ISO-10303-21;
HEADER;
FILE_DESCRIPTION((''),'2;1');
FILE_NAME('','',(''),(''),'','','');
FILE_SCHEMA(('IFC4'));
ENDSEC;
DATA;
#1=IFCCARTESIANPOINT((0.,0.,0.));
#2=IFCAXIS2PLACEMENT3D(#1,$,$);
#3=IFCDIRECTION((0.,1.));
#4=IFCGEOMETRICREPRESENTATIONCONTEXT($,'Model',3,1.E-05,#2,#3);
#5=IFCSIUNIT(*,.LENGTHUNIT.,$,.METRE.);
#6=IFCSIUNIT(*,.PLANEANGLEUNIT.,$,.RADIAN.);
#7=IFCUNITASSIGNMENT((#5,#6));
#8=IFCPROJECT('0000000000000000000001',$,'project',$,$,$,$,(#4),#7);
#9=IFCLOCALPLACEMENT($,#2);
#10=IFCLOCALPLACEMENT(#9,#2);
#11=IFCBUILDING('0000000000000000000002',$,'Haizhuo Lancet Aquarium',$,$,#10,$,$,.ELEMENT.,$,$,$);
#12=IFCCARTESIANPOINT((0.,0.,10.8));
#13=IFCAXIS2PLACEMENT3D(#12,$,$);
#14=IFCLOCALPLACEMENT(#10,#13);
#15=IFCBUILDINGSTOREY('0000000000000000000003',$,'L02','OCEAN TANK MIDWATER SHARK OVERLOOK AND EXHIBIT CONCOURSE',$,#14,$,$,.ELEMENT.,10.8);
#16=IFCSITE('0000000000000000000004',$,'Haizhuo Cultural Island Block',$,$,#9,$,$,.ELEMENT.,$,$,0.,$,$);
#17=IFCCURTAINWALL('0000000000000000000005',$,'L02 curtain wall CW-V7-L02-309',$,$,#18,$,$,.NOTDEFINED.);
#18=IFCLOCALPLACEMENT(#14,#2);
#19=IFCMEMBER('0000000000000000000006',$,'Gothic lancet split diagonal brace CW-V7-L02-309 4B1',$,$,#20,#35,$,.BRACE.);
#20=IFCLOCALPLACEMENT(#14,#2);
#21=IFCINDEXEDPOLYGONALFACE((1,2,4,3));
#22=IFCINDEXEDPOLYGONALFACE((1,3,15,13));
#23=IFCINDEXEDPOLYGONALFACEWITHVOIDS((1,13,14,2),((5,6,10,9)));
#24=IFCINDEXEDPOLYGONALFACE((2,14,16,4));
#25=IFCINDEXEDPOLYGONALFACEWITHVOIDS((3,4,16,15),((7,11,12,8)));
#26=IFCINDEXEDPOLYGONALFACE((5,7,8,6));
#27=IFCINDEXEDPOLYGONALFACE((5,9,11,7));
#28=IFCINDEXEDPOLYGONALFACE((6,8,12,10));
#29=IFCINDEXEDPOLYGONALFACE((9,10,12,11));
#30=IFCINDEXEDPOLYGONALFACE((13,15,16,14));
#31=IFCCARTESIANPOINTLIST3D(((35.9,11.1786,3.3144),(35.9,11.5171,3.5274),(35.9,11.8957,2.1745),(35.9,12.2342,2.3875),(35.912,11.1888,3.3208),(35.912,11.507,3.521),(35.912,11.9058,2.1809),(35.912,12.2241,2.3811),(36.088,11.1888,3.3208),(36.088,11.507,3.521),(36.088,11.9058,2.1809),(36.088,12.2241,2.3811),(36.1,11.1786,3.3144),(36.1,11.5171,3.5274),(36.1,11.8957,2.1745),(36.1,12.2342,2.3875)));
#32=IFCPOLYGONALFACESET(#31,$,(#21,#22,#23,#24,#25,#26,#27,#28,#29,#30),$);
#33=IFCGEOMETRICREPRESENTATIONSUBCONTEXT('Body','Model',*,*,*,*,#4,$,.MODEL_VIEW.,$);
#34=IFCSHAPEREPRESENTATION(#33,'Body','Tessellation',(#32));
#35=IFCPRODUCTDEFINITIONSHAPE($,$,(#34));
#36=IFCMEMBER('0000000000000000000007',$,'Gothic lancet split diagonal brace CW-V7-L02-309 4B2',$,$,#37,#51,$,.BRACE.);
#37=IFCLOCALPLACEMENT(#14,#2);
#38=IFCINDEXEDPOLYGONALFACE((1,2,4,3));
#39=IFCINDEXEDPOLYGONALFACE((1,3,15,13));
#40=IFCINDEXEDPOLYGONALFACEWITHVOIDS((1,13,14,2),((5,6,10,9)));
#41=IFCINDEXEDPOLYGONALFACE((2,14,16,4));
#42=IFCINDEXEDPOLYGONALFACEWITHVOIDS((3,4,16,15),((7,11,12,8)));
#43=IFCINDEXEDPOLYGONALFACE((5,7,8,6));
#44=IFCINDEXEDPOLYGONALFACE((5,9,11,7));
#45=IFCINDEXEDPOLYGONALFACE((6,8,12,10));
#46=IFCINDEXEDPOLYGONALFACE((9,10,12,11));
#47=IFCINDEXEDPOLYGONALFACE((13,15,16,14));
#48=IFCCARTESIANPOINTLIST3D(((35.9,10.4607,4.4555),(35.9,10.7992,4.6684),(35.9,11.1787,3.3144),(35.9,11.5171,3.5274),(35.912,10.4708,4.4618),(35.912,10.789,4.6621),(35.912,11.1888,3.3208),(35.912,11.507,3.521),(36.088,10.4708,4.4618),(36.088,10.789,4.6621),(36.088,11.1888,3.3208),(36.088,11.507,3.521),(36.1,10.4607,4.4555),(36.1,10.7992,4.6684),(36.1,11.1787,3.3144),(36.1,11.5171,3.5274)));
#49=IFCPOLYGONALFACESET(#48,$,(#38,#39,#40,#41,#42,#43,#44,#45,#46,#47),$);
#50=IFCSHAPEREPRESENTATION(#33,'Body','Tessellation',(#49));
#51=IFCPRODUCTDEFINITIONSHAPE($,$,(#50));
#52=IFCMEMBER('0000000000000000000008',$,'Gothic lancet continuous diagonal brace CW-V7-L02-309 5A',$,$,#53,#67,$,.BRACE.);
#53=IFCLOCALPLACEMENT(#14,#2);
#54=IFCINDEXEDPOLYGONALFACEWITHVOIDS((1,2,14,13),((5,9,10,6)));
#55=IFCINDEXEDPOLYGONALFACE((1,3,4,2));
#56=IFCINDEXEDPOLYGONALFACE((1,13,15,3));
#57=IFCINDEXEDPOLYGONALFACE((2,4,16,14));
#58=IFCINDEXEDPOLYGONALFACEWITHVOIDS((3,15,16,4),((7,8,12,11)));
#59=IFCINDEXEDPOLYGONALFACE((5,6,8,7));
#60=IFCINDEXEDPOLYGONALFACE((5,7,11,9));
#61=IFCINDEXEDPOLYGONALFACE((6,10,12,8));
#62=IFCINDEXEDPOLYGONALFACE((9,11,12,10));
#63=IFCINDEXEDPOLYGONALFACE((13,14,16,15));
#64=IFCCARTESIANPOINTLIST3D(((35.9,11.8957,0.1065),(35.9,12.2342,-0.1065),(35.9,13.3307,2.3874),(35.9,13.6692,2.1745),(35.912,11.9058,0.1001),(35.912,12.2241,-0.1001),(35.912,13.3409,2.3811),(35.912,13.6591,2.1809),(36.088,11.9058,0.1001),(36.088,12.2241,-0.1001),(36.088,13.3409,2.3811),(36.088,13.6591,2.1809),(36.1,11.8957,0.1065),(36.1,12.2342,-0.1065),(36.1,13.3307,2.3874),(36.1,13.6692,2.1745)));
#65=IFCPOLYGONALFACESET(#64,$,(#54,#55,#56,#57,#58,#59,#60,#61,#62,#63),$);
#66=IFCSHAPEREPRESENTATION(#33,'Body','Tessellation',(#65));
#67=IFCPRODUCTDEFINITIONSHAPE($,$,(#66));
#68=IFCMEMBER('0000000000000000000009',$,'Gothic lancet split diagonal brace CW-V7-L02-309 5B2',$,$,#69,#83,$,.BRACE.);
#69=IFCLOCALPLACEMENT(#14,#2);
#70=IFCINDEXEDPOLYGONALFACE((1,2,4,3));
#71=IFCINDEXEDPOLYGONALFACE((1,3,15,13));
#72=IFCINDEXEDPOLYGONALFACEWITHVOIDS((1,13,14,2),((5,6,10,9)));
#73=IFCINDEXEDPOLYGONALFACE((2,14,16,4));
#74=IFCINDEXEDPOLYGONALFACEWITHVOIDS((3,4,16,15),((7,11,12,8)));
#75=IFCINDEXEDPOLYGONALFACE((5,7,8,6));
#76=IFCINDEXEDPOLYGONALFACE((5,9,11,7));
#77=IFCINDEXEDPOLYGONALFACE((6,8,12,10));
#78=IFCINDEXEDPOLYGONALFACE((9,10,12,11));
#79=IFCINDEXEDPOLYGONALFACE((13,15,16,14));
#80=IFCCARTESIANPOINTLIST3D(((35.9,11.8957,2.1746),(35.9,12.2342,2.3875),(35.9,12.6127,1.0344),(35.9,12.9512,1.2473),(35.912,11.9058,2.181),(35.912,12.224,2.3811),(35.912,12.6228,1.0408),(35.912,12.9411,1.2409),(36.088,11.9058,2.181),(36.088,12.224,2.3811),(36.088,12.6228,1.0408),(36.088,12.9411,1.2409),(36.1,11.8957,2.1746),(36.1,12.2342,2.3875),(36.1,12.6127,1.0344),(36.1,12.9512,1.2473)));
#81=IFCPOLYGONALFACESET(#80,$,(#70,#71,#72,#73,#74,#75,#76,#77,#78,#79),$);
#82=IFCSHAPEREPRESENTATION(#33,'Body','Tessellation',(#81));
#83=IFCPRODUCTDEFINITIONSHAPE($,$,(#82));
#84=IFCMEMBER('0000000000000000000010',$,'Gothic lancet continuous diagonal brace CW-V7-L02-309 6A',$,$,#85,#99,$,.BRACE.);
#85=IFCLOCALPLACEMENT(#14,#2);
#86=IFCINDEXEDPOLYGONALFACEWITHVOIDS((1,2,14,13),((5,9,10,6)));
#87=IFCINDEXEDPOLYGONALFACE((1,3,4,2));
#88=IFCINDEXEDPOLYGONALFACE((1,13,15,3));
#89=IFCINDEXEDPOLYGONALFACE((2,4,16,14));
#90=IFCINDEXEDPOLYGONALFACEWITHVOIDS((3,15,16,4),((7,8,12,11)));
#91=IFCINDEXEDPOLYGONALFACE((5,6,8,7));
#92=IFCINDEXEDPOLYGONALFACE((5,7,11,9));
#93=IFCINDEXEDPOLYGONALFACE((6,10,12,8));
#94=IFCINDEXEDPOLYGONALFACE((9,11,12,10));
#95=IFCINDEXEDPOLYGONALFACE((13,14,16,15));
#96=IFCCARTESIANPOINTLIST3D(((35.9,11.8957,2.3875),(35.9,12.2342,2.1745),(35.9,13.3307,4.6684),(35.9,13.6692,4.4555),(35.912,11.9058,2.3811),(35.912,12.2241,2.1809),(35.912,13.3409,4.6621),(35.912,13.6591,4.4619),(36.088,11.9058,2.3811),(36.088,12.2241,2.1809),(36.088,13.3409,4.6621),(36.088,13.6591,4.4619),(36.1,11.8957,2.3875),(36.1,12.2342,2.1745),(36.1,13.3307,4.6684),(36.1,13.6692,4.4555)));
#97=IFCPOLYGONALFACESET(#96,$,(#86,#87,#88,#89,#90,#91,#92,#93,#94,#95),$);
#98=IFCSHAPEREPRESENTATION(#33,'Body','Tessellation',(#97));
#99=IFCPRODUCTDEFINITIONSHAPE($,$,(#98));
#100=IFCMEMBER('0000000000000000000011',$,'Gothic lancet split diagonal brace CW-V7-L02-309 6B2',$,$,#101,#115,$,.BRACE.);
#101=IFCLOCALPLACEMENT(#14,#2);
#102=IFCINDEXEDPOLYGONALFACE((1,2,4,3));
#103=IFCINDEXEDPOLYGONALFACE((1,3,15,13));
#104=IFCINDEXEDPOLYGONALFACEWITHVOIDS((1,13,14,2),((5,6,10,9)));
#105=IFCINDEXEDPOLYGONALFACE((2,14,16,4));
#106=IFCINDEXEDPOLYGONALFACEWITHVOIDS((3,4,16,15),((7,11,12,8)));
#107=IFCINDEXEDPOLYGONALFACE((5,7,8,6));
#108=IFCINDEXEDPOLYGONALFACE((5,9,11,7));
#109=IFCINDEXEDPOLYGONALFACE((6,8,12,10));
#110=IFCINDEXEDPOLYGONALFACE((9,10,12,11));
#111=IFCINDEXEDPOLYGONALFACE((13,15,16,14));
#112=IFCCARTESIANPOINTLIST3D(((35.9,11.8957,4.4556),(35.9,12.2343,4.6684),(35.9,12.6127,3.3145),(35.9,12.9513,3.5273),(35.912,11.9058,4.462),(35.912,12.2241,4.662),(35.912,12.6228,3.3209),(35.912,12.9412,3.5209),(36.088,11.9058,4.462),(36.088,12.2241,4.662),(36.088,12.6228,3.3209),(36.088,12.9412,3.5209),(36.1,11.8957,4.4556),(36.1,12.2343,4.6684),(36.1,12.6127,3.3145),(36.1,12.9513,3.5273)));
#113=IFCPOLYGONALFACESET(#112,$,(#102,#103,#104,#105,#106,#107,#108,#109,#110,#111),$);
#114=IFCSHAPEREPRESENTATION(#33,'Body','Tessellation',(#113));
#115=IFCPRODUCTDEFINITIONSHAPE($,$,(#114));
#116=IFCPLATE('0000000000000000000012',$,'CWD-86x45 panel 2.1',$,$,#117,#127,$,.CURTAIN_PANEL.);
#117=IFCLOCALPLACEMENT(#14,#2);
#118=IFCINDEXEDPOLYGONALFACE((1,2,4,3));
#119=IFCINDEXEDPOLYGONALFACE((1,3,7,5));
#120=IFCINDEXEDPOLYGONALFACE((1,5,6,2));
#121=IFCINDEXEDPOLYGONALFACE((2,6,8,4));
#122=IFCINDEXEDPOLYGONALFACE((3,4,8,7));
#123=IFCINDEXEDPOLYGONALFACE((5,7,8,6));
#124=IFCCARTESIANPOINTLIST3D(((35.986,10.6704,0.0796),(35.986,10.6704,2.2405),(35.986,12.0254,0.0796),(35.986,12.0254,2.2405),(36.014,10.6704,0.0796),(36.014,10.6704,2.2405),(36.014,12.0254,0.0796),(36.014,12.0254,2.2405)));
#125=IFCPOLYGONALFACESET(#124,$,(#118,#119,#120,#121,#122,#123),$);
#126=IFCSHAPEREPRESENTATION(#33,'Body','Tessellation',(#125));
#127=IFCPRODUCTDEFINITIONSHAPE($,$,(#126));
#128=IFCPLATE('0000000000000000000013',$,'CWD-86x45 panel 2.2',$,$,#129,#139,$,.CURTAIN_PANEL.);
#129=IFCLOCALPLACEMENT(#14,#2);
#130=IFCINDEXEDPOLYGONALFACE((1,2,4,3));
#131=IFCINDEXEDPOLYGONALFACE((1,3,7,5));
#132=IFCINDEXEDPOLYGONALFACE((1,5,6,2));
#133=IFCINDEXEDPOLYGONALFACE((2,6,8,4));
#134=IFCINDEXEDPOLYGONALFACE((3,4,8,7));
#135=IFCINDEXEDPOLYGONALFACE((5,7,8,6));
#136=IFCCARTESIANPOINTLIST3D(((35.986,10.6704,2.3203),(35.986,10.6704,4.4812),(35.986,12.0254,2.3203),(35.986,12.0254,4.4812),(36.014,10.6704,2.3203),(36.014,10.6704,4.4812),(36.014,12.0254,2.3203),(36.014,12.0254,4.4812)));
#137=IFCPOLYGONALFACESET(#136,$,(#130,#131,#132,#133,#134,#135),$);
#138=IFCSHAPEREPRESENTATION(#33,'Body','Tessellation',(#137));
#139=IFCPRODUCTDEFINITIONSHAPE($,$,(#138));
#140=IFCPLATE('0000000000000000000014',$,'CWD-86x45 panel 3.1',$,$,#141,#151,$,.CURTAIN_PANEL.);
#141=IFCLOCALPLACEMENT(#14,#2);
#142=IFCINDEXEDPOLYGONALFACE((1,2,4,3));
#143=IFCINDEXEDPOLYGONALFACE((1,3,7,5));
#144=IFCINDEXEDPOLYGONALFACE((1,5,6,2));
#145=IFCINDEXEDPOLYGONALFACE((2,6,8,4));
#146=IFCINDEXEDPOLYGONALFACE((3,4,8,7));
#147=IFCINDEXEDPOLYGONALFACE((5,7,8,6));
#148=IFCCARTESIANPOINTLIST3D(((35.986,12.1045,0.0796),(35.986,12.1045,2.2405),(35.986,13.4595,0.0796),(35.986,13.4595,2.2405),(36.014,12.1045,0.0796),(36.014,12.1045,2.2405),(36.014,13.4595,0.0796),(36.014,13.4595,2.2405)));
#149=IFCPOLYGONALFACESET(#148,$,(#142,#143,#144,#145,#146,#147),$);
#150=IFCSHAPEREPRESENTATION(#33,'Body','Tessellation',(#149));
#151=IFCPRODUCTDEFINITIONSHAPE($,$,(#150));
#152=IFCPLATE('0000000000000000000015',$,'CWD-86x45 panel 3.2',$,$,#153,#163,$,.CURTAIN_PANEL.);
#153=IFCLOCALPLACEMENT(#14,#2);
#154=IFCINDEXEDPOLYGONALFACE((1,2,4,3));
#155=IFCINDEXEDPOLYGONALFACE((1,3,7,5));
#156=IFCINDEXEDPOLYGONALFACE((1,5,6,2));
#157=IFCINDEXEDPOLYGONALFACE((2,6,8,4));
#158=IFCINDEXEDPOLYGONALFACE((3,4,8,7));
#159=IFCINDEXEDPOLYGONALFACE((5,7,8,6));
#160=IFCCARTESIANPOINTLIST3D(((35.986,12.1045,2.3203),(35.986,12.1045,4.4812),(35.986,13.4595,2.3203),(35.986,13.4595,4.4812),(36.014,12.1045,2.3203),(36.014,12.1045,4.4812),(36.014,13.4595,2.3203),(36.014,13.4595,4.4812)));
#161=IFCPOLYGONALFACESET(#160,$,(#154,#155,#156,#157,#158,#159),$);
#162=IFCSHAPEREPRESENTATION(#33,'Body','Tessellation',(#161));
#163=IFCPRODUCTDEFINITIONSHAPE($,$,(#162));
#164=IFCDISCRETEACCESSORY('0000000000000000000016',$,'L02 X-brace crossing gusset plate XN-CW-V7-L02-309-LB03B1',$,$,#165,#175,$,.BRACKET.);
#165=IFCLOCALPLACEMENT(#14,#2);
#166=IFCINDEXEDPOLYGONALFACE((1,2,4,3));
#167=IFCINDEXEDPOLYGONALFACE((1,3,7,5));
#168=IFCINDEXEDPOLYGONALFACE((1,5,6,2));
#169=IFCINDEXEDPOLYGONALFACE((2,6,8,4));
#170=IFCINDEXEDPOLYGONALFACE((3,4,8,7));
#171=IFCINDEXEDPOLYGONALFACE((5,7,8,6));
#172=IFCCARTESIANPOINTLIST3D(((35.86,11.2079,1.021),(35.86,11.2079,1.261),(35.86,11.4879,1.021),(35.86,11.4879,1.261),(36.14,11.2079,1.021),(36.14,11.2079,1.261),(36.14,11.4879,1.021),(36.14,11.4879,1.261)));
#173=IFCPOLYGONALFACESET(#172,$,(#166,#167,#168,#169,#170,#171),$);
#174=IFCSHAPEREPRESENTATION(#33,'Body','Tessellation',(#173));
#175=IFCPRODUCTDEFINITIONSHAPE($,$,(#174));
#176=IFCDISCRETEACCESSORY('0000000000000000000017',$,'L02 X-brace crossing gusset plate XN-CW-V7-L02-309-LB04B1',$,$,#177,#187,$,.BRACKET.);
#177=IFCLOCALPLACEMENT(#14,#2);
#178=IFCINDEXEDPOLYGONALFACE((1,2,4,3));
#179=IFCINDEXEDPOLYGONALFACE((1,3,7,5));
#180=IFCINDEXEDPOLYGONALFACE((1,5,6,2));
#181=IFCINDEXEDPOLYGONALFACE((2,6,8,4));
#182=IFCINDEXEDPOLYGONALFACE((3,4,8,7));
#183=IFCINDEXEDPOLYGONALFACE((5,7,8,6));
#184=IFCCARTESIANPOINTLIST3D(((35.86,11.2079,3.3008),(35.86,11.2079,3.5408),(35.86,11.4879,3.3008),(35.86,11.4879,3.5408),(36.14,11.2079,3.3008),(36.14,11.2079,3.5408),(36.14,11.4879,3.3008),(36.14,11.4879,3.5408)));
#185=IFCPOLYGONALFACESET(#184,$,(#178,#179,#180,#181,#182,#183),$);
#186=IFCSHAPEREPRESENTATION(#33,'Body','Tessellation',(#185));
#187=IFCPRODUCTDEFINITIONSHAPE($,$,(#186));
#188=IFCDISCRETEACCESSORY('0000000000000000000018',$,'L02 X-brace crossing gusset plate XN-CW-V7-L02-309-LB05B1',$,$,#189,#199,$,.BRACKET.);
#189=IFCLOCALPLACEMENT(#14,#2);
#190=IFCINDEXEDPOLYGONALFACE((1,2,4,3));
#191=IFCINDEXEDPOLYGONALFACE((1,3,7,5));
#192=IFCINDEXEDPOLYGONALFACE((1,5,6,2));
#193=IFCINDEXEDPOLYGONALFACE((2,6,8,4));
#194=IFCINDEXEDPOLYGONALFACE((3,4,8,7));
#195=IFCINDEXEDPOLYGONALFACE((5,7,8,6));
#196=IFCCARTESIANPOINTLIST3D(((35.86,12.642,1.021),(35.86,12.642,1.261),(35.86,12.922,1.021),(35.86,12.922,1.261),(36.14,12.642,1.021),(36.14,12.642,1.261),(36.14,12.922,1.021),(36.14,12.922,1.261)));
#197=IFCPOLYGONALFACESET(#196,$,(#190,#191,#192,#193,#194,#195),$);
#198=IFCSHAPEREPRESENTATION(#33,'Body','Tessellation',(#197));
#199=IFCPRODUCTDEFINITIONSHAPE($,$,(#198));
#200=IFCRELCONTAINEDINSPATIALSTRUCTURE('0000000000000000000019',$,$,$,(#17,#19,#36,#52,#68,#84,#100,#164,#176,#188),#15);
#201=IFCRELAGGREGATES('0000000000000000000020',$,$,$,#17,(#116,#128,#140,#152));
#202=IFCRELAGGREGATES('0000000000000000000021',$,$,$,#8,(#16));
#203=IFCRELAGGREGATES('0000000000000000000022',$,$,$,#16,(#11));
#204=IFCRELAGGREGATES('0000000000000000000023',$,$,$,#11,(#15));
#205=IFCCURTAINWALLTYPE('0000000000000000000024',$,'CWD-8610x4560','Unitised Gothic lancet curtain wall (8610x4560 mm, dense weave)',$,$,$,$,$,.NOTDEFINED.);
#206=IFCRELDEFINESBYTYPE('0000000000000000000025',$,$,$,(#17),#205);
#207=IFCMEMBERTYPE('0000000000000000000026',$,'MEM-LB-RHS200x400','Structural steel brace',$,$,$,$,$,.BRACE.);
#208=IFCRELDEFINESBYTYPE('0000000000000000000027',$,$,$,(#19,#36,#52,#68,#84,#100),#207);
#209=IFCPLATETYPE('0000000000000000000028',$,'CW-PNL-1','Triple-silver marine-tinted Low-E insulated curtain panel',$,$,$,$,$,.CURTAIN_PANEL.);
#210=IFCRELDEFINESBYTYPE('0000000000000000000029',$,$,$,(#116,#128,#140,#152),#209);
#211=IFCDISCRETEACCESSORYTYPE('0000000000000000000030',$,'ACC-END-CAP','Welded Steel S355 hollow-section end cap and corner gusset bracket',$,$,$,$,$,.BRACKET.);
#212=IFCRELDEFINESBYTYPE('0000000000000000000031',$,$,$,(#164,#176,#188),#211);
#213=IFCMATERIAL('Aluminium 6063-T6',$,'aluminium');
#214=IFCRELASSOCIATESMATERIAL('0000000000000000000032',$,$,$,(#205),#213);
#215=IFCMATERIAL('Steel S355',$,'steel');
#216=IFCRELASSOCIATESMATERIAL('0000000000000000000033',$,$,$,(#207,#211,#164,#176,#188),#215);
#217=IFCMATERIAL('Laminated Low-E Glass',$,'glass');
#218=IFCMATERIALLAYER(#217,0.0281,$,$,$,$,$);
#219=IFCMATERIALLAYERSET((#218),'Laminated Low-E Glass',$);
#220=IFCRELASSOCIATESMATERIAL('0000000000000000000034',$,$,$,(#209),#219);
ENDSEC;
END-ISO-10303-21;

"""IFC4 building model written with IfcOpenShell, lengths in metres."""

from ifc_helpers import new_model, si_unit, direction, frame, origin, origin_2d, place, context, subcontext, project, spatial, rectangle, hollow_rectangle, extrude, material, layer, layer_set, material_profile, profile_set, type_object, element, aggregate, save


model = new_model("IFC4")

# Units and contexts
model_context = context("Model", 3, precision=1e-05, world=origin(), true_north=direction((0.0, 1.0)))
body_context = subcontext(model_context, "Body", "Model", "MODEL_VIEW")
ifc_project = project(units=[si_unit("LENGTHUNIT", "METRE"), si_unit("PLANEANGLEUNIT", "RADIAN")], contexts=[model_context])

# Site, building, storey
site_placement = place(None, origin())
site = spatial("IfcSite", under=ifc_project, at=site_placement, Name="Haizhuo Cultural Island Block", CompositionType="ELEMENT", RefElevation=0.0)
building_placement = place(site_placement, origin())
building = spatial("IfcBuilding", under=site, at=building_placement, Name="Haizhuo Lancet Aquarium", CompositionType="ELEMENT")
storey_placement = place(building_placement, frame((0.0, 0.0, 10.8)))
storey = spatial("IfcBuildingStorey", under=building, at=storey_placement, Name="L02", Description="OCEAN TANK MIDWATER SHARK OVERLOOK AND EXHIBIT CONCOURSE", CompositionType="ELEMENT", Elevation=10.8)

# Curtain wall
ifc_material_1 = material(Name="Aluminium 6063-T6", Category="aluminium")
curtain_wall_type = type_object("IfcCurtainWallType", Name="CWD-8610x4560", Description="Unitised Gothic lancet curtain wall (8610x4560 mm, dense weave)", PredefinedType="NOTDEFINED", material=ifc_material_1)
curtain_wall_placement = place(storey_placement, origin())
curtain_wall = element("IfcCurtainWall", 1, at=curtain_wall_placement, inside=storey, type_object=curtain_wall_type, Name="L02 curtain wall CW-V7-L02-309", PredefinedType="NOTDEFINED")

# Members
ifc_material_2 = material(Name="Steel S355", Category="steel")
ifc_material_profile_1 = material_profile(ifc_material_2, hollow_rectangle(XDim=0.2, YDim=0.3999, WallThickness=0.012, at=origin_2d()), Name="RHS 200x400x12")
ifc_profile_set_1 = profile_set([ifc_material_profile_1], Name="Steel S355")
member_type_1 = type_object("IfcMemberType", Name="MEM-LB-RHS200x400", Description="Structural steel brace", PredefinedType="BRACE", material=ifc_profile_set_1)
member_1_placement = place(storey_placement, frame((36.0, 12.0649, 2.281), z_axis=(0.0, -0.532457, 0.846457), x_axis=(1.0, 0.0, 0.0)))
element("IfcMember", 2, at=member_1_placement, inside=storey, type_object=member_type_1, Name="Gothic lancet split diagonal brace CW-V7-L02-309 4B1", PredefinedType="BRACE", context=body_context, shape_type="SweptSolid", body=[
    extrude(hollow_rectangle(XDim=0.2, YDim=0.3999, WallThickness=0.012, at=origin_2d()), origin(), (0.0, 0.0, 1.0), 1.3467),
])
member_2_placement = place(storey_placement, frame((36.0, 11.3479, 3.4209), z_axis=(0.0, -0.532568, 0.846387), x_axis=(1.0, 0.0, 0.0)))
element("IfcMember", 3, at=member_2_placement, inside=storey, type_object=member_type_1, Name="Gothic lancet split diagonal brace CW-V7-L02-309 4B2", PredefinedType="BRACE", context=body_context, shape_type="SweptSolid", body=[
    extrude(hollow_rectangle(XDim=0.2, YDim=0.3999, WallThickness=0.012, at=origin_2d()), origin(), (0.0, 0.0, 1.0), 1.3481),
])
member_3_placement = place(storey_placement, frame((36.0, 12.0649, 0.0), z_axis=(0.0, 0.532513, 0.846422), x_axis=(-1.0, 0.0, 0.0)))
element("IfcMember", 4, at=member_3_placement, inside=storey, type_object=member_type_1, Name="Gothic lancet continuous diagonal brace CW-V7-L02-309 5A", PredefinedType="BRACE", context=body_context, shape_type="SweptSolid", body=[
    extrude(hollow_rectangle(XDim=0.2, YDim=0.3999, WallThickness=0.012, at=origin_2d()), origin(), (0.0, 0.0, 1.0), 2.6948),
])
member_4_placement = place(storey_placement, frame((36.0, 12.782, 1.1409), z_axis=(0.0, -0.532376, 0.846508), x_axis=(1.0, 0.0, 0.0)))
element("IfcMember", 5, at=member_4_placement, inside=storey, type_object=member_type_1, Name="Gothic lancet split diagonal brace CW-V7-L02-309 5B2", PredefinedType="BRACE", context=body_context, shape_type="SweptSolid", body=[
    extrude(hollow_rectangle(XDim=0.2, YDim=0.3999, WallThickness=0.012, at=origin_2d()), origin(), (0.0, 0.0, 1.0), 1.3469),
])
member_5_placement = place(storey_placement, frame((36.0, 12.0649, 2.281), z_axis=(0.0, 0.532513, 0.846422), x_axis=(-1.0, 0.0, 0.0)))
element("IfcMember", 6, at=member_5_placement, inside=storey, type_object=member_type_1, Name="Gothic lancet continuous diagonal brace CW-V7-L02-309 6A", PredefinedType="BRACE", context=body_context, shape_type="SweptSolid", body=[
    extrude(hollow_rectangle(XDim=0.2, YDim=0.3999, WallThickness=0.012, at=origin_2d()), origin(), (0.0, 0.0, 1.0), 2.6948),
])
member_6_placement = place(storey_placement, frame((36.0, 12.782, 3.4209), z_axis=(0.0, -0.532049, 0.846713), x_axis=(1.0, 0.0, 0.0)))
element("IfcMember", 7, at=member_6_placement, inside=storey, type_object=member_type_1, Name="Gothic lancet split diagonal brace CW-V7-L02-309 6B2", PredefinedType="BRACE", context=body_context, shape_type="SweptSolid", body=[
    extrude(hollow_rectangle(XDim=0.2, YDim=0.3999, WallThickness=0.012, at=origin_2d()), origin(), (0.0, 0.0, 1.0), 1.3477),
])

# Plates
ifc_material_3 = material(Name="Laminated Low-E Glass", Category="glass")
ifc_layer = layer(ifc_material_3, 0.0281)
ifc_layer_set = layer_set([ifc_layer], Name="Laminated Low-E Glass")
plate_type = type_object("IfcPlateType", Name="CW-PNL-1", Description="Triple-silver marine-tinted Low-E insulated curtain panel", PredefinedType="CURTAIN_PANEL", material=ifc_layer_set)
plate_1_placement = place(storey_placement, frame((36.0, 11.3479, 0.0796), z_axis=(0.0, 0.0, 1.0), x_axis=(0.0, 1.0, 0.0)))
plate_1 = element("IfcPlate", 8, at=plate_1_placement, type_object=plate_type, Name="CWD-86x45 panel 2.1", PredefinedType="CURTAIN_PANEL", context=body_context, shape_type="SweptSolid", body=[
    extrude(rectangle(XDim=1.355, YDim=0.0281, at=origin_2d()), origin(), (0.0, 0.0, 1.0), 2.1609),
])
plate_2_placement = place(storey_placement, frame((36.0, 11.3479, 2.3203), z_axis=(0.0, 0.0, 1.0), x_axis=(0.0, 1.0, 0.0)))
plate_2 = element("IfcPlate", 9, at=plate_2_placement, type_object=plate_type, Name="CWD-86x45 panel 2.2", PredefinedType="CURTAIN_PANEL", context=body_context, shape_type="SweptSolid", body=[
    extrude(rectangle(XDim=1.355, YDim=0.0281, at=origin_2d()), origin(), (0.0, 0.0, 1.0), 2.1609),
])
plate_3_placement = place(storey_placement, frame((36.0, 12.782, 0.0796), z_axis=(0.0, 0.0, 1.0), x_axis=(0.0, 1.0, 0.0)))
plate_3 = element("IfcPlate", 10, at=plate_3_placement, type_object=plate_type, Name="CWD-86x45 panel 3.1", PredefinedType="CURTAIN_PANEL", context=body_context, shape_type="SweptSolid", body=[
    extrude(rectangle(XDim=1.355, YDim=0.0281, at=origin_2d()), origin(), (0.0, 0.0, 1.0), 2.1609),
])
plate_4_placement = place(storey_placement, frame((36.0, 12.782, 2.3203), z_axis=(0.0, 0.0, 1.0), x_axis=(0.0, 1.0, 0.0)))
plate_4 = element("IfcPlate", 11, at=plate_4_placement, type_object=plate_type, Name="CWD-86x45 panel 3.2", PredefinedType="CURTAIN_PANEL", context=body_context, shape_type="SweptSolid", body=[
    extrude(rectangle(XDim=1.355, YDim=0.0281, at=origin_2d()), origin(), (0.0, 0.0, 1.0), 2.1609),
])
aggregate(curtain_wall, [plate_1, plate_2, plate_3, plate_4])

# Discrete accessories
discrete_accessory_type = type_object("IfcDiscreteAccessoryType", Name="ACC-END-CAP", Description="Welded Steel S355 hollow-section end cap and corner gusset bracket", PredefinedType="BRACKET", material=ifc_material_2)
for number, where, z_axis, x_axis, name in (
    (12, (36.0, 11.3479, 1.021), (0.0, 0.0, 1.0), (1.0, 0.0, 0.0), "L02 X-brace crossing gusset plate XN-CW-V7-L02-309-LB03B1"),
    (13, (36.0, 11.3479, 3.3008), (0.0, 0.0, 1.0), (1.0, 0.0, 0.0), "L02 X-brace crossing gusset plate XN-CW-V7-L02-309-LB04B1"),
    (14, (36.0, 12.782, 1.021), (0.0, 0.0, 1.0), (1.0, 0.0, 0.0), "L02 X-brace crossing gusset plate XN-CW-V7-L02-309-LB05B1"),
):
    element("IfcDiscreteAccessory", number, at=place(storey_placement, frame(where, z_axis=z_axis, x_axis=x_axis)), inside=storey, type_object=discrete_accessory_type, material=ifc_material_2, Name=name, PredefinedType="BRACKET", context=body_context, shape_type="SweptSolid", body=[
        extrude(rectangle(XDim=0.28, YDim=0.28, at=origin_2d()), origin(), (0.0, 0.0, 1.0), 0.24),
    ])

save(model, "model.ifc")
